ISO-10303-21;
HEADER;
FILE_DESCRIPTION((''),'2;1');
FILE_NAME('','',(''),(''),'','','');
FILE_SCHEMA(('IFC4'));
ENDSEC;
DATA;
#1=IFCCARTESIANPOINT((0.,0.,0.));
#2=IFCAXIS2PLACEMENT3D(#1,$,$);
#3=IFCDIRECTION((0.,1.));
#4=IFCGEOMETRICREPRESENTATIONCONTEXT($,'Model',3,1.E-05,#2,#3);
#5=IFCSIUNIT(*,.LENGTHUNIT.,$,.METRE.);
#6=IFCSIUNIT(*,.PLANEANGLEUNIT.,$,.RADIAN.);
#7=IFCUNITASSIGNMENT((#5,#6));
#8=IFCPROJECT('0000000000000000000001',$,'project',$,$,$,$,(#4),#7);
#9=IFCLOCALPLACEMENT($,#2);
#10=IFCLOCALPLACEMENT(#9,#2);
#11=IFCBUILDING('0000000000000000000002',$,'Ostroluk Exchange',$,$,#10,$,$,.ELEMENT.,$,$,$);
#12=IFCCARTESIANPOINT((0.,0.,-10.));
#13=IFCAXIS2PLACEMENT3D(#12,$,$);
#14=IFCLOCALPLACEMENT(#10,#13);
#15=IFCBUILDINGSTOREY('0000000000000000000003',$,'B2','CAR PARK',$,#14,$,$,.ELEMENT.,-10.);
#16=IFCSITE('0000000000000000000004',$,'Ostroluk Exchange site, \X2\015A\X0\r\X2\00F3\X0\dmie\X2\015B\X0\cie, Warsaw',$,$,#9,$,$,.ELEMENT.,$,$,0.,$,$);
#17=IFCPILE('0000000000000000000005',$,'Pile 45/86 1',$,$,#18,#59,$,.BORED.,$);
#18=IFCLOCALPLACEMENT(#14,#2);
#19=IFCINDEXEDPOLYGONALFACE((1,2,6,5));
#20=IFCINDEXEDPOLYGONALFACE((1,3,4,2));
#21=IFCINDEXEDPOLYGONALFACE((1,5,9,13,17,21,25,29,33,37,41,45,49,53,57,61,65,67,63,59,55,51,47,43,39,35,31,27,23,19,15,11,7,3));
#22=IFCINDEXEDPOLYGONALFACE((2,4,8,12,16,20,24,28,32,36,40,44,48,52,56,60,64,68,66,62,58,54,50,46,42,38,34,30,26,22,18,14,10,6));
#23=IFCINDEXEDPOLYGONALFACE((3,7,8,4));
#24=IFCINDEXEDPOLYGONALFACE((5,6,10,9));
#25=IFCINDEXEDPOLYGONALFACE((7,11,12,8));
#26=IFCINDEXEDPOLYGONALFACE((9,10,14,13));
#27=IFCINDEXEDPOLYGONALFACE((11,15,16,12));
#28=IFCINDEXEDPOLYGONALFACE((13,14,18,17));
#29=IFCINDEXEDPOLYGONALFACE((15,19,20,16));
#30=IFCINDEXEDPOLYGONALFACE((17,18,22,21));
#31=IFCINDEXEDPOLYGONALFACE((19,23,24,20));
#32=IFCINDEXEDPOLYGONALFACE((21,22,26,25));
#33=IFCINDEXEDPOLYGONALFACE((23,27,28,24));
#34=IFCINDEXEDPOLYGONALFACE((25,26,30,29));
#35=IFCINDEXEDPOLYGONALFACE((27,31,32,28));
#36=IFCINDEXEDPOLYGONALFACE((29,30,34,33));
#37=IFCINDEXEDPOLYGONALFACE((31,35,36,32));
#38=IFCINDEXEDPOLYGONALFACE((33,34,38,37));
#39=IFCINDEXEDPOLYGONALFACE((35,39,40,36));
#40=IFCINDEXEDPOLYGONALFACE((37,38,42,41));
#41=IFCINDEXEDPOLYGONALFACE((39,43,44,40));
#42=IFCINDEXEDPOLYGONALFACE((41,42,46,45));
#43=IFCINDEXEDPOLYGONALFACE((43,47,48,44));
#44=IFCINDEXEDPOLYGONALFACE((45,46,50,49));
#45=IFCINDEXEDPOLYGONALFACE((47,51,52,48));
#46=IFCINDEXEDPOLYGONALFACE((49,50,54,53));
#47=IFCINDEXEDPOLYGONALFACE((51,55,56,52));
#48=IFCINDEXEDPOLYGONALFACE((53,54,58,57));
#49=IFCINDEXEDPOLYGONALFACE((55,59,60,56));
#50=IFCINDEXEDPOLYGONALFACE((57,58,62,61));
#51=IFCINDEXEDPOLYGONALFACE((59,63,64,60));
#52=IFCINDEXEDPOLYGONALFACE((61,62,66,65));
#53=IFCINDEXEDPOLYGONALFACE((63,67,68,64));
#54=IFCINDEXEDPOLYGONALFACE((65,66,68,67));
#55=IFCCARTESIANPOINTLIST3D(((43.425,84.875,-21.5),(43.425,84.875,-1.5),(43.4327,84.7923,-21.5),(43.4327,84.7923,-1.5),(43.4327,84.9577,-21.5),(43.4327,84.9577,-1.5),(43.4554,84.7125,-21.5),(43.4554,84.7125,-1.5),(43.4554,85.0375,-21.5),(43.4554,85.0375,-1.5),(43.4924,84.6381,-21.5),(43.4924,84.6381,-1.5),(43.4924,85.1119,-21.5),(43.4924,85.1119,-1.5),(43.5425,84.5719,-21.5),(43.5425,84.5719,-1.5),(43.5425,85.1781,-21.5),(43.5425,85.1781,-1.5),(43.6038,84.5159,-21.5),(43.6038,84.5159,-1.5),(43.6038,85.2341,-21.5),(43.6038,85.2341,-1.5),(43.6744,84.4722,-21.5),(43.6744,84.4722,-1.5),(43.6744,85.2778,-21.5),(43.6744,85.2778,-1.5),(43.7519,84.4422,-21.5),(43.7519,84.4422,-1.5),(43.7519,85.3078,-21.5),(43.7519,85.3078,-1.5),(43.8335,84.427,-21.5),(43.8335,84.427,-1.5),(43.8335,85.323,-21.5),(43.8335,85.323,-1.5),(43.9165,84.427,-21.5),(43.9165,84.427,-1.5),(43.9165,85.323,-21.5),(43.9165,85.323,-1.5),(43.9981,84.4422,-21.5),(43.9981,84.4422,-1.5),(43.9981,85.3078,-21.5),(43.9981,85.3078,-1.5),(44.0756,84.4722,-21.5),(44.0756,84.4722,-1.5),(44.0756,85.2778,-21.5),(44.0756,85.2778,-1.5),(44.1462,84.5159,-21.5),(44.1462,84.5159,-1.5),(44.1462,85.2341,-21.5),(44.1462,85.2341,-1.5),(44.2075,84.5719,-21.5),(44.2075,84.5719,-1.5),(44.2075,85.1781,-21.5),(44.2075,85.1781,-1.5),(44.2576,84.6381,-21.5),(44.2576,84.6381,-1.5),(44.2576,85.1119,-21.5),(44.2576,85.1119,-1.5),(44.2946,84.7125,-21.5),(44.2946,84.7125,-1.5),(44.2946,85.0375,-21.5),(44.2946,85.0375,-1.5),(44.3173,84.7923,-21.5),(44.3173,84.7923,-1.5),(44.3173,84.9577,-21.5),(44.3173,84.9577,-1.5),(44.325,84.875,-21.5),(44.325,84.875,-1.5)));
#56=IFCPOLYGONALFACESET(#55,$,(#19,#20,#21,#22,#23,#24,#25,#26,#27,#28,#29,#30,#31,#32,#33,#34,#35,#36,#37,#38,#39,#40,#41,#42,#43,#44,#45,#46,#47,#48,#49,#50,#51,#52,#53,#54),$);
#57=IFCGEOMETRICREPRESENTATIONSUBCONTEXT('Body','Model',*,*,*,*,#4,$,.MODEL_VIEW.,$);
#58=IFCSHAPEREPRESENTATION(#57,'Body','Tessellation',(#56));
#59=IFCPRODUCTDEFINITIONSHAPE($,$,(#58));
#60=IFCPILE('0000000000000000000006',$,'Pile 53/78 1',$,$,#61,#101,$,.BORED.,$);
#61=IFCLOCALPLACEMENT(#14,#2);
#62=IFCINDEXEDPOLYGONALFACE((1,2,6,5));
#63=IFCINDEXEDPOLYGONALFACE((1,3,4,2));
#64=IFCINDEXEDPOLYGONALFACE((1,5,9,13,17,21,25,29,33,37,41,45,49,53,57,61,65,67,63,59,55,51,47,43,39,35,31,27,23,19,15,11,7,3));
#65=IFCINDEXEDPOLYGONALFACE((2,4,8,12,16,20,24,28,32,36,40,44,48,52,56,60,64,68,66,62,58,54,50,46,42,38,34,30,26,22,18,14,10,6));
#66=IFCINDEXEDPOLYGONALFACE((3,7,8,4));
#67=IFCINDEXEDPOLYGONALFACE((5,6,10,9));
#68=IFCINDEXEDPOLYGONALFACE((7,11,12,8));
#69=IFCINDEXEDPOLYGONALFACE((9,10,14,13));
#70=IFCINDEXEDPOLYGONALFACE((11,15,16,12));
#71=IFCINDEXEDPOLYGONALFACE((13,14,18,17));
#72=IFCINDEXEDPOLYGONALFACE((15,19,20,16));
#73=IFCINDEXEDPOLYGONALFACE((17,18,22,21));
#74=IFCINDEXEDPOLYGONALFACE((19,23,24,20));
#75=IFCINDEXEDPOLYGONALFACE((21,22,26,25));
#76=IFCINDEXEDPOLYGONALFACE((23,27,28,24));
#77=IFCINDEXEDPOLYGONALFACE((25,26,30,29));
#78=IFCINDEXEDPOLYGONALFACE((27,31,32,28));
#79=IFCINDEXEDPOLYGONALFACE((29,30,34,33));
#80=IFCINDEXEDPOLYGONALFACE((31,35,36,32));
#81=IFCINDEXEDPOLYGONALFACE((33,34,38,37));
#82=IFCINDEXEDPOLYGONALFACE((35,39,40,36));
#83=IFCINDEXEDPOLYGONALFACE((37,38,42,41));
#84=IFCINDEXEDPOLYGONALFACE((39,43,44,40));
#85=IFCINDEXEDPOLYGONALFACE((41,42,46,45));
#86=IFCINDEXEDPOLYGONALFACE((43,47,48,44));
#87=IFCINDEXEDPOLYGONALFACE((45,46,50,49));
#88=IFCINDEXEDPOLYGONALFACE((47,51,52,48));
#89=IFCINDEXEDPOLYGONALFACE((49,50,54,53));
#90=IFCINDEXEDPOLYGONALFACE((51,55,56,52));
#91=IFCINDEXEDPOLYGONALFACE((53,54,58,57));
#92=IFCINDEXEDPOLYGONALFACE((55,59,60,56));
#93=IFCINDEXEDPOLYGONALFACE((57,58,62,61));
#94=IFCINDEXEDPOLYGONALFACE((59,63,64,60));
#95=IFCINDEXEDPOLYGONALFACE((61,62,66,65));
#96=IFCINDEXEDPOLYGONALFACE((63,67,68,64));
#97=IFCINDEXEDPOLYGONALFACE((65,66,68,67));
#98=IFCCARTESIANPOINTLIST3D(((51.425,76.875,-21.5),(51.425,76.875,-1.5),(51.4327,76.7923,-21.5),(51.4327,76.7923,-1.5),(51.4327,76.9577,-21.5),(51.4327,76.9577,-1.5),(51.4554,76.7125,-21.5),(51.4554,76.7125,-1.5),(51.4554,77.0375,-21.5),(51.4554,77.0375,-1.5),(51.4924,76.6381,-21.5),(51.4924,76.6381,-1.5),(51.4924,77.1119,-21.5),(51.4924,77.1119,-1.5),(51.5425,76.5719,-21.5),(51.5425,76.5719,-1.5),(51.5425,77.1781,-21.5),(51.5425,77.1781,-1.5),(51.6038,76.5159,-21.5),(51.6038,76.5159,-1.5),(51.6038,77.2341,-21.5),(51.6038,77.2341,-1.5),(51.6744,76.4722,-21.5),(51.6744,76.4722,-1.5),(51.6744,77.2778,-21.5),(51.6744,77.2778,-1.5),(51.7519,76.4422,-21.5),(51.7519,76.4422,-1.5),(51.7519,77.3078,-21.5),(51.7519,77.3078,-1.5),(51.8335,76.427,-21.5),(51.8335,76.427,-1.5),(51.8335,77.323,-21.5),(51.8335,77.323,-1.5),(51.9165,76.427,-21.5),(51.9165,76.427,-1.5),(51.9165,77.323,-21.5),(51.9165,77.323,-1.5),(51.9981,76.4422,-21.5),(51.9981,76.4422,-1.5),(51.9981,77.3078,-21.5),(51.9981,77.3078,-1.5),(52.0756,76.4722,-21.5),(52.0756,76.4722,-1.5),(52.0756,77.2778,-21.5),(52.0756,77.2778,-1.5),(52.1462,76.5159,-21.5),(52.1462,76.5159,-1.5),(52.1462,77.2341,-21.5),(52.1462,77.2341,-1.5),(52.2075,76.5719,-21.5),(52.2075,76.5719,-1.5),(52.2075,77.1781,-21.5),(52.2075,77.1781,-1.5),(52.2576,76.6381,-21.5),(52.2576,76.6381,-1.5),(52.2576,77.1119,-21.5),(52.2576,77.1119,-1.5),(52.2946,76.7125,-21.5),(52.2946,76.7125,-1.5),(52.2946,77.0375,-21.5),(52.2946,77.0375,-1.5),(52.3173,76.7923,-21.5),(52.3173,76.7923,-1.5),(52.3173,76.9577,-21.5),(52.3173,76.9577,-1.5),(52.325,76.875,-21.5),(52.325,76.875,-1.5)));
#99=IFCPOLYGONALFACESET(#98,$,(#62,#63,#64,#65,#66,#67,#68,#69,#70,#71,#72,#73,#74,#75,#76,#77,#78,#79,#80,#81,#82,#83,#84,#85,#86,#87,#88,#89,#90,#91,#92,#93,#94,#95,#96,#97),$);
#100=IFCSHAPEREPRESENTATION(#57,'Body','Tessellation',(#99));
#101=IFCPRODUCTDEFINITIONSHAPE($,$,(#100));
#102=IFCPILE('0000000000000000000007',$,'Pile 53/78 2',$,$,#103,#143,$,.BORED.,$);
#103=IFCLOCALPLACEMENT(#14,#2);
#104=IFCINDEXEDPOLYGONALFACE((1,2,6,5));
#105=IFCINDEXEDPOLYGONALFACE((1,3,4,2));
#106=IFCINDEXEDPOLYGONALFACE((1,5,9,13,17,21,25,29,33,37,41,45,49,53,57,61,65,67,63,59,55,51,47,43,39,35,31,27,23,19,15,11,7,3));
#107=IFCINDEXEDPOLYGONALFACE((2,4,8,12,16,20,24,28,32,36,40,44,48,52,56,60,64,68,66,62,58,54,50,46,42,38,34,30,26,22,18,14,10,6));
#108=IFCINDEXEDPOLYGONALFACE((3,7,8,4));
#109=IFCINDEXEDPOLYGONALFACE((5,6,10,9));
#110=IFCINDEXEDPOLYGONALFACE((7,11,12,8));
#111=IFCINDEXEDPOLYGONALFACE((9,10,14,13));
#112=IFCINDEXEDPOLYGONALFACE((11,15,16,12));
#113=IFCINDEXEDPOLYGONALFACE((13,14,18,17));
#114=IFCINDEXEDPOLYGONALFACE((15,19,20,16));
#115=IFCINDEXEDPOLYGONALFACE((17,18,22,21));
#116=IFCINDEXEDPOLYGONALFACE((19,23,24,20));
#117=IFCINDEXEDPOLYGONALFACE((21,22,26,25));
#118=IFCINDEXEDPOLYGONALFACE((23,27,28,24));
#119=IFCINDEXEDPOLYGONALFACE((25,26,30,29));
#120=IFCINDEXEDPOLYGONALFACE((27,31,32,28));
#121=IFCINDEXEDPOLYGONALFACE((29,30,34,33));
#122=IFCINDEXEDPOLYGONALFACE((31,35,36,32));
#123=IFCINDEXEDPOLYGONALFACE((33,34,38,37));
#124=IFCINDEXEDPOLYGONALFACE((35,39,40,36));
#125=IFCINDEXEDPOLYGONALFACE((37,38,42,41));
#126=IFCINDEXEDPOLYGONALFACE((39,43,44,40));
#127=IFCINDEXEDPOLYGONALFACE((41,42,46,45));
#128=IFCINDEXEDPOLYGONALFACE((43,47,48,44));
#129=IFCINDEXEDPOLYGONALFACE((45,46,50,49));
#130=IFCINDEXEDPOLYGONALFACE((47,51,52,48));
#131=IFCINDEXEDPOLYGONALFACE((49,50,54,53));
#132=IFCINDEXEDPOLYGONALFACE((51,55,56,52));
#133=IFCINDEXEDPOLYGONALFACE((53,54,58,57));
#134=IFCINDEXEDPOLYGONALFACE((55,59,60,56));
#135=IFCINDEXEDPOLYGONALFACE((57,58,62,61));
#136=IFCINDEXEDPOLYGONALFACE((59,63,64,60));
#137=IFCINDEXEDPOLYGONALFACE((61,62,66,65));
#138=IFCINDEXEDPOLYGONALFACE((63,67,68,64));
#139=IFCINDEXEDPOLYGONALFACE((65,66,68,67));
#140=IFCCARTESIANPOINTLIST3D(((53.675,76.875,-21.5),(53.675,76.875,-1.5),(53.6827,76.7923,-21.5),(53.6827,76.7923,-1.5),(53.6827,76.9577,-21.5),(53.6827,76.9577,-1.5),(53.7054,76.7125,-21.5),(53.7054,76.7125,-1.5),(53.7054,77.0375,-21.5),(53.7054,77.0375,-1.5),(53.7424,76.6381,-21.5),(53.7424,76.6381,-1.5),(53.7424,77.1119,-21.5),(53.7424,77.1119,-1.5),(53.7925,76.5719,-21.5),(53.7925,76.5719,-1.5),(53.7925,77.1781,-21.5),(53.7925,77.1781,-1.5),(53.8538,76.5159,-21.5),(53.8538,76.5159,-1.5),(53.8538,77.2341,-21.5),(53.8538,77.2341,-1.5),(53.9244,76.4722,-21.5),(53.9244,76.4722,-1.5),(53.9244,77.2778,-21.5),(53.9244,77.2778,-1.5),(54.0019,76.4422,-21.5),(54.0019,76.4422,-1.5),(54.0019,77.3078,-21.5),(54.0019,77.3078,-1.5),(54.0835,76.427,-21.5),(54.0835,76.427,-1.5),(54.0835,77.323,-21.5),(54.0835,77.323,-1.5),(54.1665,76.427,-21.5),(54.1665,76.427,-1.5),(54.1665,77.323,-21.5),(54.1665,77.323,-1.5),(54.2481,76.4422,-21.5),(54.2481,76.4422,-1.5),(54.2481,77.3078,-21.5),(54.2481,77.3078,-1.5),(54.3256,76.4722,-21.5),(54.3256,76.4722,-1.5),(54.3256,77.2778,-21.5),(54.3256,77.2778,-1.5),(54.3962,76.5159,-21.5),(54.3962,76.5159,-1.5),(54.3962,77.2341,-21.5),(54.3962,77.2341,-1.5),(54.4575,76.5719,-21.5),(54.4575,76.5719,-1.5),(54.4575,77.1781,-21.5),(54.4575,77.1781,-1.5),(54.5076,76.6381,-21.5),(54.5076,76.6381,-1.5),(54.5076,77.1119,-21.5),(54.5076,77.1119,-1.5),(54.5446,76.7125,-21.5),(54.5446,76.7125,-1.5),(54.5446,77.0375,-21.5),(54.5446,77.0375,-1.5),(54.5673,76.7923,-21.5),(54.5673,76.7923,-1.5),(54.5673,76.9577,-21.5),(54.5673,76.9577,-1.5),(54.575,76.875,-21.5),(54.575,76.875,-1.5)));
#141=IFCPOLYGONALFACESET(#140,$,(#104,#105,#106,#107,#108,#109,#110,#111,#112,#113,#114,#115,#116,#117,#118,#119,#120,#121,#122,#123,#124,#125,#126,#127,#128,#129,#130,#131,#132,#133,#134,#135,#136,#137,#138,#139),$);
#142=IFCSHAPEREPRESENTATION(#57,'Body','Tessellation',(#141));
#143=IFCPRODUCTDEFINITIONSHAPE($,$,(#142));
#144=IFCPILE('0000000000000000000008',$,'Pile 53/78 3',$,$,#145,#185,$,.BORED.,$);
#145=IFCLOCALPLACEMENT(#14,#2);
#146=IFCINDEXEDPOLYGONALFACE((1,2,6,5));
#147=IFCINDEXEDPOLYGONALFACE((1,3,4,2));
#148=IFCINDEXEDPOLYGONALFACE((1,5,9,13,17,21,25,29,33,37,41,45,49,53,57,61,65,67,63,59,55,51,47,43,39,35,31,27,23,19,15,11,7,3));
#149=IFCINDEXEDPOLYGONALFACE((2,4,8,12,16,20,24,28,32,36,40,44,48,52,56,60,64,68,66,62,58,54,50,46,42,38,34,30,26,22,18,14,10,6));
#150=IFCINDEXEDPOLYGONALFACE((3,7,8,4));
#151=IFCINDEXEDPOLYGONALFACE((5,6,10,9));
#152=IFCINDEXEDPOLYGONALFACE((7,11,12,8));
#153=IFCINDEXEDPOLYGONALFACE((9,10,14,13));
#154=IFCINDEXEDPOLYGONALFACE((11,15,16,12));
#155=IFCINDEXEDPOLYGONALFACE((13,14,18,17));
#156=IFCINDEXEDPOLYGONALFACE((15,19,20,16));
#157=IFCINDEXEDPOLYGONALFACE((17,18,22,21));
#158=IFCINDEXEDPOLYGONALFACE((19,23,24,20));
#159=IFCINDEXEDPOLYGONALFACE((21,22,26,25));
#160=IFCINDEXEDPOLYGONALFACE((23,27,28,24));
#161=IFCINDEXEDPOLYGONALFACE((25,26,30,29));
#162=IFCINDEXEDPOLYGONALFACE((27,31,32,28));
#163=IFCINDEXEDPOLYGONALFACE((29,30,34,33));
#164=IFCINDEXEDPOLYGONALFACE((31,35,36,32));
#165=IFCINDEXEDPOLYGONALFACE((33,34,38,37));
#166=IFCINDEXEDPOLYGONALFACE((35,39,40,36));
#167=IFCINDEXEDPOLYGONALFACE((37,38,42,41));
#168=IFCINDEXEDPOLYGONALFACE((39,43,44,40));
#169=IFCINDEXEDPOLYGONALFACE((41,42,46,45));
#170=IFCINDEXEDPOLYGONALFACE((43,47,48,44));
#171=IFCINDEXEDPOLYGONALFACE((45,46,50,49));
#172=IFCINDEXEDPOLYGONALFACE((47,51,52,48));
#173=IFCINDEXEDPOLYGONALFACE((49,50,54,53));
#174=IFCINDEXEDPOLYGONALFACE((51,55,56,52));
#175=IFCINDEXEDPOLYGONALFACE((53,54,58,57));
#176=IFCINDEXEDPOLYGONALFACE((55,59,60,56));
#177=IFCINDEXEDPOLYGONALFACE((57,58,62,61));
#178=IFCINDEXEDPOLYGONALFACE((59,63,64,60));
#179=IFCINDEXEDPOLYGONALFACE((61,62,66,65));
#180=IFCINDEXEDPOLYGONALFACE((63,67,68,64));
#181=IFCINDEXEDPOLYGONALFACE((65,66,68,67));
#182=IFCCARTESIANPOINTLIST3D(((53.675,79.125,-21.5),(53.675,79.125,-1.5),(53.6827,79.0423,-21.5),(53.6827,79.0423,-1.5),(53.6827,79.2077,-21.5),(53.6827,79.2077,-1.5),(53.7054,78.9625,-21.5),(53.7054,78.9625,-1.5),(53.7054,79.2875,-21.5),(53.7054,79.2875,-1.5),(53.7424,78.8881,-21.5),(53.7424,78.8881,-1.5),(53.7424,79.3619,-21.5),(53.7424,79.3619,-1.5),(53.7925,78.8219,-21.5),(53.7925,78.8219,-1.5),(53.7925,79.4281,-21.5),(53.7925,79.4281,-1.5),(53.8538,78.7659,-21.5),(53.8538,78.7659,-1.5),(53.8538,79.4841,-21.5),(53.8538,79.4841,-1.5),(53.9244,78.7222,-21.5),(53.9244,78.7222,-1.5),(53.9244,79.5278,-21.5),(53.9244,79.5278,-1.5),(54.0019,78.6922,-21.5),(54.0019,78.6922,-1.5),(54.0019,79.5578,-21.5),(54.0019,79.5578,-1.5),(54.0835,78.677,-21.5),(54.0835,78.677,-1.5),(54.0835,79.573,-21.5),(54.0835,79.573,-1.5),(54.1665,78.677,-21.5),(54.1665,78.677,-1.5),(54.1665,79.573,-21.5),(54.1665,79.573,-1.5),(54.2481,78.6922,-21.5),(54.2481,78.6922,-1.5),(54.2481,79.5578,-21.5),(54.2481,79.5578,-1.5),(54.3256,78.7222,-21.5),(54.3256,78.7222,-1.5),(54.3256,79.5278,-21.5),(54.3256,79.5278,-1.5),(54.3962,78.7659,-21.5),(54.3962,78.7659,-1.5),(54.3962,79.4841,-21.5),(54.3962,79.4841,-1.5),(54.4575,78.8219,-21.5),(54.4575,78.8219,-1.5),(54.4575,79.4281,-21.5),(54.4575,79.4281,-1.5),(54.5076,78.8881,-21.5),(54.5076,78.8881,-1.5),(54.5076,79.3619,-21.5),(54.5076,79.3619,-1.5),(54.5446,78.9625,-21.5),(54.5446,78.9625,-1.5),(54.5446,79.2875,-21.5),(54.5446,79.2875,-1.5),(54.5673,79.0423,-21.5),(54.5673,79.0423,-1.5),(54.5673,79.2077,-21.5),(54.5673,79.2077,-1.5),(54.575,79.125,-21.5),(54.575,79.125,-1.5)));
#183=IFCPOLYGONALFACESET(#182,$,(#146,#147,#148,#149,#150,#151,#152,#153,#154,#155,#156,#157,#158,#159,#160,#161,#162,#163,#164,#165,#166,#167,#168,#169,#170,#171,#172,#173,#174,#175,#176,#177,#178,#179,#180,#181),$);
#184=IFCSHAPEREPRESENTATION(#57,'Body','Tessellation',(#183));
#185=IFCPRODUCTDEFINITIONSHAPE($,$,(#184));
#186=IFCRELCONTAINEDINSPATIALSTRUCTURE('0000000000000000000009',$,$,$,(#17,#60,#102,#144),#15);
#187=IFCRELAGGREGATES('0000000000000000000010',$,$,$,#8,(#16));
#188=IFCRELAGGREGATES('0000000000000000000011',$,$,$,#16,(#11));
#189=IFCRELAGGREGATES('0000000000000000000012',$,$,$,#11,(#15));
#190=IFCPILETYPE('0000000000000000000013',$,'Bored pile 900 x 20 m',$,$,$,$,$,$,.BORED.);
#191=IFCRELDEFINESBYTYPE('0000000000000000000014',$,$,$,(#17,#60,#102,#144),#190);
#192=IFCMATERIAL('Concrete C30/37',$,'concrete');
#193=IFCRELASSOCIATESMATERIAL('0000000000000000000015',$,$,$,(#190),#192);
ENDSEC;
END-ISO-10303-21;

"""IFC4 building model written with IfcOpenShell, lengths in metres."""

from ifc_helpers import new_model, si_unit, direction, frame, origin, origin_2d, place, context, subcontext, project, spatial, circle, extrude, material, type_object, element, save


model = new_model("IFC4")

# Units and contexts
model_context = context("Model", 3, precision=1e-05, world=origin(), true_north=direction((0.0, 1.0)))
body_context = subcontext(model_context, "Body", "Model", "MODEL_VIEW")
ifc_project = project(units=[si_unit("LENGTHUNIT", "METRE"), si_unit("PLANEANGLEUNIT", "RADIAN")], contexts=[model_context])

# Site, building, storey
site_placement = place(None, origin())
site = spatial("IfcSite", under=ifc_project, at=site_placement, Name="Ostroluk Exchange site, Śródmieście, Warsaw", CompositionType="ELEMENT", RefElevation=0.0)
building_placement = place(site_placement, origin())
building = spatial("IfcBuilding", under=site, at=building_placement, Name="Ostroluk Exchange", CompositionType="ELEMENT")
storey_placement = place(building_placement, frame((0.0, 0.0, -10.0)))
storey = spatial("IfcBuildingStorey", under=building, at=storey_placement, Name="B2", Description="CAR PARK", CompositionType="ELEMENT", Elevation=-10.0)

# Piles
ifc_material_1 = material(Name="Concrete C30/37", Category="concrete")
pile_type_1 = type_object("IfcPileType", Name="Bored pile 900 x 20 m", PredefinedType="BORED", material=ifc_material_1)
for number, where, z_axis, x_axis, name in (
    (1, (43.875, 84.875, -1.5), (0.0, 0.0, -1.0), (1.0, 0.0, 0.0), "Pile 45/86 1"),
    (2, (51.875, 76.875, -1.5), (0.0, 0.0, -1.0), (1.0, 0.0, 0.0), "Pile 53/78 1"),
    (3, (54.125, 76.875, -1.5), (0.0, 0.0, -1.0), (1.0, 0.0, 0.0), "Pile 53/78 2"),
    (4, (54.125, 79.125, -1.5), (0.0, 0.0, -1.0), (1.0, 0.0, 0.0), "Pile 53/78 3"),
):
    element("IfcPile", number, at=place(storey_placement, frame(where, z_axis=z_axis, x_axis=x_axis)), inside=storey, type_object=pile_type_1, Name=name, PredefinedType="BORED", context=body_context, shape_type="SweptSolid", body=[
        extrude(circle(Radius=0.45, at=origin_2d()), origin(), (0.0, 0.0, 1.0), 20.0),
    ])

save(model, "model.ifc")
